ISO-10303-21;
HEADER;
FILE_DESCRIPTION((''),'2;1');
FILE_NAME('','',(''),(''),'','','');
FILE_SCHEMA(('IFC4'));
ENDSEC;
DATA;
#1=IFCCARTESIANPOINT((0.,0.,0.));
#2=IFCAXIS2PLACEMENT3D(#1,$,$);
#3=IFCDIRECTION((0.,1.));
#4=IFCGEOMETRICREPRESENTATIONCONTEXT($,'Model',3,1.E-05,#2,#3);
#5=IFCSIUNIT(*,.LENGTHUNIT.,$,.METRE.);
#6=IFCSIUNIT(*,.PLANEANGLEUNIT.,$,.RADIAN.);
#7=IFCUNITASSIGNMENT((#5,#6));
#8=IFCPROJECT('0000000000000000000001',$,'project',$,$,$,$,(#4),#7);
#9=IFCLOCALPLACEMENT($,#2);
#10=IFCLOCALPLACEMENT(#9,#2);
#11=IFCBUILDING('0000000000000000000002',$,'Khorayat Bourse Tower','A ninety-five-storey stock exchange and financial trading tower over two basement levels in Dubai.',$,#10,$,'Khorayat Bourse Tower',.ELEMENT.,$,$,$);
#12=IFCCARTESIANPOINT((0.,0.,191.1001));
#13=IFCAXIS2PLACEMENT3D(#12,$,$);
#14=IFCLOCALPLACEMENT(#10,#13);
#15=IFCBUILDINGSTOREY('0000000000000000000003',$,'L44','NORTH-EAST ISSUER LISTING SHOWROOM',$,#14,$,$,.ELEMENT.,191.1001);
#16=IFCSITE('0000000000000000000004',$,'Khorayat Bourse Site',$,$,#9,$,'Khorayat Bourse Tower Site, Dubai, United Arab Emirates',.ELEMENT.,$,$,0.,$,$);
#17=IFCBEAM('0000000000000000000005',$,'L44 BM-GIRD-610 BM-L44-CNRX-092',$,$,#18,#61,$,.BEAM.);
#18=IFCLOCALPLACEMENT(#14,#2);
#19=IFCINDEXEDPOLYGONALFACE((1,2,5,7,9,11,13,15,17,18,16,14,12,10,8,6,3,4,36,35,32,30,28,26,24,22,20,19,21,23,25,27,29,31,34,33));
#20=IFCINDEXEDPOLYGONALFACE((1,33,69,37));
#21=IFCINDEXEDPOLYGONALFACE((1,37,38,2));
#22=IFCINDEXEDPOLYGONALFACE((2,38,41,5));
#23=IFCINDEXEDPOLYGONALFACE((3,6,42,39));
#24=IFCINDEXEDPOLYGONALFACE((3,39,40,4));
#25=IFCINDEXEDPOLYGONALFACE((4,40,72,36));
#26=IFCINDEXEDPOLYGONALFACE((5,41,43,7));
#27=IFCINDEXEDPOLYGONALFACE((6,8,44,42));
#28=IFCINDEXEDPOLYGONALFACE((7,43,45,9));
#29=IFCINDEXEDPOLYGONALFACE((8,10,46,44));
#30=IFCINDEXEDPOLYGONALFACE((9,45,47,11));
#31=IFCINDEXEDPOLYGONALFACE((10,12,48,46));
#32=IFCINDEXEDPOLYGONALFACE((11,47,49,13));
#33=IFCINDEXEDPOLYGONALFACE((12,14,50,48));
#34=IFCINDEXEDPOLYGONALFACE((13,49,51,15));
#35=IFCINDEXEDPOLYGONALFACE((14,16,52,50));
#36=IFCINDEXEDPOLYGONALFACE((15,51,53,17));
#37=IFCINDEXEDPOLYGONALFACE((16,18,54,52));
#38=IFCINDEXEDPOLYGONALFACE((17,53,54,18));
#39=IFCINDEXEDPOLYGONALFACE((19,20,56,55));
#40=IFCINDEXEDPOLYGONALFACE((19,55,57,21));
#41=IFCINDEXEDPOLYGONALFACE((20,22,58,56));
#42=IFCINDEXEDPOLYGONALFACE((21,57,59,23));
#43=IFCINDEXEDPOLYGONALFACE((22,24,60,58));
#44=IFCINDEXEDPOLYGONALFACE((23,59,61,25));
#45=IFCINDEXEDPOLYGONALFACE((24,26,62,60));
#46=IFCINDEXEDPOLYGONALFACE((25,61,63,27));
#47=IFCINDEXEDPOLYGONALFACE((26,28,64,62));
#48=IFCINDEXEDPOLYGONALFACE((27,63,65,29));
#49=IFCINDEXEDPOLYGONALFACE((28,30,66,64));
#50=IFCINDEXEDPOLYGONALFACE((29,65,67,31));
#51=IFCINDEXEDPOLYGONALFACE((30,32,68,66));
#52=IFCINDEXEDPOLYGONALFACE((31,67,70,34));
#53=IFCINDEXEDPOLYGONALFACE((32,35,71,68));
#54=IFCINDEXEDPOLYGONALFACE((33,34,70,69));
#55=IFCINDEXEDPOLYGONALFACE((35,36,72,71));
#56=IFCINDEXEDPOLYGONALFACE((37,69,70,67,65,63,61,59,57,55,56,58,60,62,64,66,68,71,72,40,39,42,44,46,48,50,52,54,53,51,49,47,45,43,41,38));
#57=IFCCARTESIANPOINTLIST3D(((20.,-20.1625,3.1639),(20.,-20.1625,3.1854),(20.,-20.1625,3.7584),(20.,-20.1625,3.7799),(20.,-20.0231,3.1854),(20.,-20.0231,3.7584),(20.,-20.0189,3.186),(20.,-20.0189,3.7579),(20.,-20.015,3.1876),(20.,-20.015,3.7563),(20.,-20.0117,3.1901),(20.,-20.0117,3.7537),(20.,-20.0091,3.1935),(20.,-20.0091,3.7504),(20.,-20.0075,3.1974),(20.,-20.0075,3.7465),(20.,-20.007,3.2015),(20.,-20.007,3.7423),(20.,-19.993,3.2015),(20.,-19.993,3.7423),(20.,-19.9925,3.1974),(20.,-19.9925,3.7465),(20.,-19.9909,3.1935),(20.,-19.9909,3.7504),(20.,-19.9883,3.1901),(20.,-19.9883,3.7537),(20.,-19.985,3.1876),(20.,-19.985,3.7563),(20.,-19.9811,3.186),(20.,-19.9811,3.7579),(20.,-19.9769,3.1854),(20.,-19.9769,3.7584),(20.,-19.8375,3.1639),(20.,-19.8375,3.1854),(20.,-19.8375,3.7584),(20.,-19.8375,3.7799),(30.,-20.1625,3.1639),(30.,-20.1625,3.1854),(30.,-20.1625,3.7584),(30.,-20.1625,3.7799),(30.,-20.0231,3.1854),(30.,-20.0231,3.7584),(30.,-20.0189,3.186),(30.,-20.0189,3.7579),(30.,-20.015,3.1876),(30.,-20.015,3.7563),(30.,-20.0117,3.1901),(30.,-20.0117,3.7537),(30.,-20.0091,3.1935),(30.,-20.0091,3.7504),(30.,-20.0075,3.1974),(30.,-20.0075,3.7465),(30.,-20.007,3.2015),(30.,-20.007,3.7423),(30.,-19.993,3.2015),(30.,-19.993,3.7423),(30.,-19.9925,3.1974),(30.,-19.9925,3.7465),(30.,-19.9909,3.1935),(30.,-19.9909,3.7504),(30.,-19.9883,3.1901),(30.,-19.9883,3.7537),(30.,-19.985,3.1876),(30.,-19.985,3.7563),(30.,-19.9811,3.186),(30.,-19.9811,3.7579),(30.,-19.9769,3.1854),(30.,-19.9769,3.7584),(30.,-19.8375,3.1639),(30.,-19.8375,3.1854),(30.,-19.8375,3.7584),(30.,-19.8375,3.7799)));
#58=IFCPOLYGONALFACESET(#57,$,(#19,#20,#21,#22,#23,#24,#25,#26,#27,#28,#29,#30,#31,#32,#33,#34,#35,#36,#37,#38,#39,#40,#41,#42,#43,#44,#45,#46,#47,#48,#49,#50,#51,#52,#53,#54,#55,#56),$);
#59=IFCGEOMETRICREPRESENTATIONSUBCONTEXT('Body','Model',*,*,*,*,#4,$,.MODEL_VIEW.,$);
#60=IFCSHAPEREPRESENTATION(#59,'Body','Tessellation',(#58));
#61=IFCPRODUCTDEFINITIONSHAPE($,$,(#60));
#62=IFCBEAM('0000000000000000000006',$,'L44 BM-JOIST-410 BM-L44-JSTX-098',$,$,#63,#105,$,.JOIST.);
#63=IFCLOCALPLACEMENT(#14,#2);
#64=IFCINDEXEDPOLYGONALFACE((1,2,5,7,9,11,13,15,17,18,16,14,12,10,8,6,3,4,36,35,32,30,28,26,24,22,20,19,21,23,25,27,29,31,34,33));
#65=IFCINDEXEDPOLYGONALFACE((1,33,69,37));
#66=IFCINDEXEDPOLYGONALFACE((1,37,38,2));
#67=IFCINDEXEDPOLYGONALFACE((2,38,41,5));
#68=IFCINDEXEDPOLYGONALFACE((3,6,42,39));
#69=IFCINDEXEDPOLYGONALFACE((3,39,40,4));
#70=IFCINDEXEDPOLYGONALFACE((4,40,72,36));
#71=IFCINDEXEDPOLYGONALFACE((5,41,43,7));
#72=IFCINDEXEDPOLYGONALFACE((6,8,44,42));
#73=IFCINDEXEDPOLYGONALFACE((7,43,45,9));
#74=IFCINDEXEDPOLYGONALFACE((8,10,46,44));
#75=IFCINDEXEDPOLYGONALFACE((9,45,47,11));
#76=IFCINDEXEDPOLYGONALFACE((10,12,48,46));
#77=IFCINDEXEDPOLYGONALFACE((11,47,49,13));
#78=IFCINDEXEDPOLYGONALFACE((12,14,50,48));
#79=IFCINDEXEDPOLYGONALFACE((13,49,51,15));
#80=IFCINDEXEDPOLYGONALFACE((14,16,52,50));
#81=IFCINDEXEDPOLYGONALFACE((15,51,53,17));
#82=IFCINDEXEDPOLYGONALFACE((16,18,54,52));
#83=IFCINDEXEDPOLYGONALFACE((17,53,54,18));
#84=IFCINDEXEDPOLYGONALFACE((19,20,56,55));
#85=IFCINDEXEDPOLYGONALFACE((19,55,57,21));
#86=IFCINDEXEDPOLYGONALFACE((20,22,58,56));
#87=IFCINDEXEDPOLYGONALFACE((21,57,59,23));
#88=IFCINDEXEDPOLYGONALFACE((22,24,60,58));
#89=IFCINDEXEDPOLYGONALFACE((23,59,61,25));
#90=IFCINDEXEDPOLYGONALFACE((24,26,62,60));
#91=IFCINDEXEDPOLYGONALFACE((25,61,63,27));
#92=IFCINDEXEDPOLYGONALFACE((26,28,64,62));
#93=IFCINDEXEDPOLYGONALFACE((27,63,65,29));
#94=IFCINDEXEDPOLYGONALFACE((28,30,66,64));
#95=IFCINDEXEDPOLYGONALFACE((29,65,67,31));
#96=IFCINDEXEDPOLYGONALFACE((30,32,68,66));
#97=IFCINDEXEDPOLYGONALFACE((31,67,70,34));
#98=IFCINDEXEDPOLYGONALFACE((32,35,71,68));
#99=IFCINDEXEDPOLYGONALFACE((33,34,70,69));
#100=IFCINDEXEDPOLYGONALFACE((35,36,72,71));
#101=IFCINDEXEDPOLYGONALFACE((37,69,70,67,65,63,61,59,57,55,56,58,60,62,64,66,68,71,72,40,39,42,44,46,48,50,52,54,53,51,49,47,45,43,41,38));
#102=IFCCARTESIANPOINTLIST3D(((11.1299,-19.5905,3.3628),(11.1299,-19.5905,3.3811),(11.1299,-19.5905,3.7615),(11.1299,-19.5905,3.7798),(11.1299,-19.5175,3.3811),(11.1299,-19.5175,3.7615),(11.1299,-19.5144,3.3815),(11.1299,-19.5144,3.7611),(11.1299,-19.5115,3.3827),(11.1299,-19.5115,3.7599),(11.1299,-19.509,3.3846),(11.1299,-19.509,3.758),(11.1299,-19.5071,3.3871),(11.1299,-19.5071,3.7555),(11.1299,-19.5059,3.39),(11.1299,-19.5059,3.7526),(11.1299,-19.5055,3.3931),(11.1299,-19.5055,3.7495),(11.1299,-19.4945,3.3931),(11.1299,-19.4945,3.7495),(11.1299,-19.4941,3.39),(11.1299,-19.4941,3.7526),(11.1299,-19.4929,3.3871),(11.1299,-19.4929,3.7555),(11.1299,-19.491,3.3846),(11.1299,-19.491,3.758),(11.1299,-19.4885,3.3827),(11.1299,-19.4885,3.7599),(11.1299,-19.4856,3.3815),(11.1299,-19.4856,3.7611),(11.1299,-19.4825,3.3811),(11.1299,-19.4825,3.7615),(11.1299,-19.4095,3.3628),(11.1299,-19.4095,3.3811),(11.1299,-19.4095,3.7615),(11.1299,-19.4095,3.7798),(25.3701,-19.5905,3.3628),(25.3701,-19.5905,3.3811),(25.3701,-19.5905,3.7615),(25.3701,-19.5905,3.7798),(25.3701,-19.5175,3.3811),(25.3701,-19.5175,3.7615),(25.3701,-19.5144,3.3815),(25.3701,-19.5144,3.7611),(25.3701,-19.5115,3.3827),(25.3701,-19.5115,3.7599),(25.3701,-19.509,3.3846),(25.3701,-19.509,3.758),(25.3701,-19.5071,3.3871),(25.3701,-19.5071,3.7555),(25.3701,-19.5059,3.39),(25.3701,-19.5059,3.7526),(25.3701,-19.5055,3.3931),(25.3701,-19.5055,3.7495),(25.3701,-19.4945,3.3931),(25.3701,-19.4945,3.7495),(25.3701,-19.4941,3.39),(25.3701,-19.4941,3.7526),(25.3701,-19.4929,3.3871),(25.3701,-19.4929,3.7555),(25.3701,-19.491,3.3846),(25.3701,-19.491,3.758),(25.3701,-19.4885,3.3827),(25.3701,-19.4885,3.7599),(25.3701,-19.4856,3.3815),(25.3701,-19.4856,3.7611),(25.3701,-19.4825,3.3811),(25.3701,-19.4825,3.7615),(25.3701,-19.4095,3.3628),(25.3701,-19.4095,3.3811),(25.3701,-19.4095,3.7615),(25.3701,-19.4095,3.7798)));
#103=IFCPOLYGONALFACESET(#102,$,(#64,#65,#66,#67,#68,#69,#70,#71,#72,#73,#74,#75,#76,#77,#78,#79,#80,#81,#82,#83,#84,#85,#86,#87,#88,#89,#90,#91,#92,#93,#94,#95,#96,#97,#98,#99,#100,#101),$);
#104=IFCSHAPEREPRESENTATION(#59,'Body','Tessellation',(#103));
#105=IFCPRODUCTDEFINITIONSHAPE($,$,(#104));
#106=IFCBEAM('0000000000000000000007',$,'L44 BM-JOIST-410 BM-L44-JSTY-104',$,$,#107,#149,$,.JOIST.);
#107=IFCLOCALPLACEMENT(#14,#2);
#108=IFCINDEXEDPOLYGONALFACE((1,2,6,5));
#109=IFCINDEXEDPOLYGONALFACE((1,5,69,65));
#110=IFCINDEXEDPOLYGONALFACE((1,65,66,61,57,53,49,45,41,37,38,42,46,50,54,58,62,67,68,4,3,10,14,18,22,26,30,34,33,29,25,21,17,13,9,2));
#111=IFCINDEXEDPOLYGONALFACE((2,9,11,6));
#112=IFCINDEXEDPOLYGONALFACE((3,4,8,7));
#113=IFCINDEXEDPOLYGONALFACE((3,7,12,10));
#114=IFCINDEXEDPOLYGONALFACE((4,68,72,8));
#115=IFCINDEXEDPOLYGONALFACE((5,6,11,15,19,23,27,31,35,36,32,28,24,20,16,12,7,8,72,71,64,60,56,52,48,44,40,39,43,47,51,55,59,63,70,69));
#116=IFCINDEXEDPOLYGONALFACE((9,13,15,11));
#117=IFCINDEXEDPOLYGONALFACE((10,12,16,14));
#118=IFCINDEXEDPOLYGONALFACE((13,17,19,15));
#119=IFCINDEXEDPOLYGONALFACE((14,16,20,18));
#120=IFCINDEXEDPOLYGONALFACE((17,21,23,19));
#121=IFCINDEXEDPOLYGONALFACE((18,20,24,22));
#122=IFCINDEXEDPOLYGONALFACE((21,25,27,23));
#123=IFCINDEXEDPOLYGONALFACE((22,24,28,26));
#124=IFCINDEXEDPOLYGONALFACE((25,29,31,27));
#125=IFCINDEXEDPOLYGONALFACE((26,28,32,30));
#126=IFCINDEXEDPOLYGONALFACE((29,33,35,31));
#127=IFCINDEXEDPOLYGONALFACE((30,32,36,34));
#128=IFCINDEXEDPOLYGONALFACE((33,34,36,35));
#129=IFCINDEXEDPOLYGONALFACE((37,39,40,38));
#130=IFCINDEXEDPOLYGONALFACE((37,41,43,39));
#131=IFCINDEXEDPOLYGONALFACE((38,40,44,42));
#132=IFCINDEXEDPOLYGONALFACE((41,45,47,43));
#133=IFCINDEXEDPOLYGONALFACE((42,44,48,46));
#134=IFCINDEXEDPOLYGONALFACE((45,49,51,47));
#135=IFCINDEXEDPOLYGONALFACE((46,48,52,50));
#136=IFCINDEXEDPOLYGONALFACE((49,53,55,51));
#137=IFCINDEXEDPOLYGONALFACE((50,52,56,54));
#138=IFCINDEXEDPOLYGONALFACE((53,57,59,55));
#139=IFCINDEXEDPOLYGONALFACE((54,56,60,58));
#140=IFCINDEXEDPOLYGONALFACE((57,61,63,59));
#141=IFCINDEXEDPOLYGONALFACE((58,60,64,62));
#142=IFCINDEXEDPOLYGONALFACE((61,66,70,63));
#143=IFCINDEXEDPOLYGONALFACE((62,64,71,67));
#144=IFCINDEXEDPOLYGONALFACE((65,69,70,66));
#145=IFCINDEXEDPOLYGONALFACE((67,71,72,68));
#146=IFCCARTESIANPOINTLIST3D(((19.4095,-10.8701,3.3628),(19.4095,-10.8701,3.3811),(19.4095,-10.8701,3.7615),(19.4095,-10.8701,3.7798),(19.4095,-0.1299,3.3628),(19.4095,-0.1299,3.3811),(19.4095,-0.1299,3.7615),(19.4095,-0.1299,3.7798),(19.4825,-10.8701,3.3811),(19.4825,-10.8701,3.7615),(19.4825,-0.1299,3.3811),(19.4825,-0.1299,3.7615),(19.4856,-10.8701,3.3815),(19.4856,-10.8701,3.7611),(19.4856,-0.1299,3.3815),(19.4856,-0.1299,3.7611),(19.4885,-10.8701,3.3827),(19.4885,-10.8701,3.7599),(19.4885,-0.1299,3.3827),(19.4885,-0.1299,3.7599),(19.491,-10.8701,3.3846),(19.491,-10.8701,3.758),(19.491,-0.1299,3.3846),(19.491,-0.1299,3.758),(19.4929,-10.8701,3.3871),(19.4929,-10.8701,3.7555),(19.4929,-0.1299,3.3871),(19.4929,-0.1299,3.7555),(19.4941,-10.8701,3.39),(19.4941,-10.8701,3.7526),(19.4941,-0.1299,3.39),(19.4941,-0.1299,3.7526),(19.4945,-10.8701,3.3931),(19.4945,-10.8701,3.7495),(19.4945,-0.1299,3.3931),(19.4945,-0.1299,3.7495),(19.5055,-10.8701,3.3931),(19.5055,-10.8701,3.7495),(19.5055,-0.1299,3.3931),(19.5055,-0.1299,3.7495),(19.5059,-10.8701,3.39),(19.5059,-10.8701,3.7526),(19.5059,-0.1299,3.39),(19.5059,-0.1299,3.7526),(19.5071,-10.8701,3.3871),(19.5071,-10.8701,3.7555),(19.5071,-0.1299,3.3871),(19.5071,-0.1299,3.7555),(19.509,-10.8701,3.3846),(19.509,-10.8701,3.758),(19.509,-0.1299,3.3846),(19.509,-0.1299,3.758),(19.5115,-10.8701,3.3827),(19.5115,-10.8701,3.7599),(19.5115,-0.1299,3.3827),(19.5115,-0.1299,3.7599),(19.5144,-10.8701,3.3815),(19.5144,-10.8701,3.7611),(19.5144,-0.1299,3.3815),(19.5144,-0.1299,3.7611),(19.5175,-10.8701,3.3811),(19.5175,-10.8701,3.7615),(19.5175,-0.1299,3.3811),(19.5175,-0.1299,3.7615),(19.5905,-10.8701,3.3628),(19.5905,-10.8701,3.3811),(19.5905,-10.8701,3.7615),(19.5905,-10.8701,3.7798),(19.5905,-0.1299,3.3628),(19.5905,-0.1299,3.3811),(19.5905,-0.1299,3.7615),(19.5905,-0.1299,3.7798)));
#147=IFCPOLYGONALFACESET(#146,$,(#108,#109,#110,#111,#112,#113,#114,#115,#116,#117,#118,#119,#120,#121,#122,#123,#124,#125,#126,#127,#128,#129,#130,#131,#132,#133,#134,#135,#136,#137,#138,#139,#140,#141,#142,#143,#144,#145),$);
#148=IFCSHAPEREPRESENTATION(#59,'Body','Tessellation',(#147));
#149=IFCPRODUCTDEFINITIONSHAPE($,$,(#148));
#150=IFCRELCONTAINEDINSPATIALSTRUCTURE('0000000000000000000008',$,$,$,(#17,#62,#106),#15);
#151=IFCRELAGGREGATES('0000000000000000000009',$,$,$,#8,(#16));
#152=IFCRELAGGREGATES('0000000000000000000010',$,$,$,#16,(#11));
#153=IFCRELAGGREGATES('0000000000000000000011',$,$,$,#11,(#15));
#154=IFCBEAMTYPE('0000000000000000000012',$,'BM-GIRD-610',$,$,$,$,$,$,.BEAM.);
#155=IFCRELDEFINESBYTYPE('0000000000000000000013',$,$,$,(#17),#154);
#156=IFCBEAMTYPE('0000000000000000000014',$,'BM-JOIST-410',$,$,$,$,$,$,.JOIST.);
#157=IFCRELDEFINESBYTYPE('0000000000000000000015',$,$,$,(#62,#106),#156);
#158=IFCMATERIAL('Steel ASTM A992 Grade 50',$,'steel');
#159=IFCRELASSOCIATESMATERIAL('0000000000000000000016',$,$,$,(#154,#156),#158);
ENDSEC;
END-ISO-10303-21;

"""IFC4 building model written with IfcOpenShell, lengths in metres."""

from ifc_helpers import new_model, si_unit, direction, frame, origin, origin_2d, place, context, subcontext, project, spatial, i_section, extrude, source, transform, mapped, material, material_profile, profile_set, type_object, element, save


model = new_model("IFC4")

# Units and contexts
model_context = context("Model", 3, precision=1e-05, world=origin(), true_north=direction((0.0, 1.0)))
body_context = subcontext(model_context, "Body", "Model", "MODEL_VIEW")
ifc_project = project(units=[si_unit("LENGTHUNIT", "METRE"), si_unit("PLANEANGLEUNIT", "RADIAN")], contexts=[model_context])

# Site, building, storey
site_placement = place(None, origin())
site = spatial("IfcSite", under=ifc_project, at=site_placement, Name="Khorayat Bourse Site", LongName="Khorayat Bourse Tower Site, Dubai, United Arab Emirates", CompositionType="ELEMENT", RefElevation=0.0)
building_placement = place(site_placement, origin())
building = spatial("IfcBuilding", under=site, at=building_placement, Name="Khorayat Bourse Tower", Description="A ninety-five-storey stock exchange and financial trading tower over two basement levels in Dubai.", LongName="Khorayat Bourse Tower", CompositionType="ELEMENT")
storey_placement = place(building_placement, frame((0.0, 0.0, 191.1001)))
storey = spatial("IfcBuildingStorey", under=building, at=storey_placement, Name="L44", Description="NORTH-EAST ISSUER LISTING SHOWROOM", CompositionType="ELEMENT", Elevation=191.1001)

# Beams
ifc_material_1 = material(Name="Steel ASTM A992 Grade 50", Category="steel")
ifc_material_profile_1 = material_profile(ifc_material_1, i_section(OverallWidth=0.325, OverallDepth=0.616, WebThickness=0.0139, FlangeThickness=0.0215, FilletRadius=0.0161, at=origin_2d()), Name="W610X174")
ifc_profile_set_1 = profile_set([ifc_material_profile_1], Name="Steel ASTM A992 Grade 50")
beam_type_1 = type_object("IfcBeamType", Name="BM-GIRD-610", PredefinedType="BEAM", material=ifc_profile_set_1)
shared_shape_1 = source(origin(), body_context, "Body", "SweptSolid", [
    extrude(i_section(OverallWidth=0.325, OverallDepth=0.616, WebThickness=0.0139, FlangeThickness=0.0215, FilletRadius=0.0161, at=origin_2d()), origin(), (0.0, 0.0, 1.0), 10.0),
])
beam_1_placement = place(storey_placement, frame((20.0, -20.0, 3.4719), z_axis=(1.0, 0.0, 0.0), x_axis=(0.0, 1.0, 0.0)))
element("IfcBeam", 1, at=beam_1_placement, inside=storey, type_object=beam_type_1, Name="L44 BM-GIRD-610 BM-L44-CNRX-092", PredefinedType="BEAM", context=body_context, shape_type="MappedRepresentation", body=[
    mapped(shared_shape_1, transform((0.0, 0.0, 0.0), scale=1.0)),
])
ifc_material_profile_2 = material_profile(ifc_material_1, i_section(OverallWidth=0.1809, OverallDepth=0.417, WebThickness=0.011, FlangeThickness=0.0183, FilletRadius=0.012, at=origin_2d()), Name="W410X85")
ifc_profile_set_2 = profile_set([ifc_material_profile_2], Name="Steel ASTM A992 Grade 50")
beam_type_2 = type_object("IfcBeamType", Name="BM-JOIST-410", PredefinedType="JOIST", material=ifc_profile_set_2)
shared_shape_2 = source(origin(), body_context, "Body", "SweptSolid", [
    extrude(i_section(OverallWidth=0.1809, OverallDepth=0.417, WebThickness=0.011, FlangeThickness=0.0183, FilletRadius=0.012, at=origin_2d()), origin(), (0.0, 0.0, 1.0), 14.2402),
])
beam_2_placement = place(storey_placement, frame((11.1299, -19.5, 3.5713), z_axis=(1.0, 0.0, 0.0), x_axis=(0.0, 1.0, 0.0)))
element("IfcBeam", 2, at=beam_2_placement, inside=storey, type_object=beam_type_2, Name="L44 BM-JOIST-410 BM-L44-JSTX-098", PredefinedType="JOIST", context=body_context, shape_type="MappedRepresentation", body=[
    mapped(shared_shape_2, transform((0.0, 0.0, 0.0), scale=1.0)),
])
shared_shape_3 = source(origin(), body_context, "Body", "SweptSolid", [
    extrude(i_section(OverallWidth=0.1809, OverallDepth=0.417, WebThickness=0.011, FlangeThickness=0.0183, FilletRadius=0.012, at=origin_2d()), origin(), (0.0, 0.0, 1.0), 10.7402),
])
beam_3_placement = place(storey_placement, frame((19.5, -10.8701, 3.5713), z_axis=(0.0, 1.0, 0.0), x_axis=(-1.0, 0.0, 0.0)))
element("IfcBeam", 3, at=beam_3_placement, inside=storey, type_object=beam_type_2, Name="L44 BM-JOIST-410 BM-L44-JSTY-104", PredefinedType="JOIST", context=body_context, shape_type="MappedRepresentation", body=[
    mapped(shared_shape_3, transform((0.0, 0.0, 0.0), scale=1.0)),
])

save(model, "model.ifc")
